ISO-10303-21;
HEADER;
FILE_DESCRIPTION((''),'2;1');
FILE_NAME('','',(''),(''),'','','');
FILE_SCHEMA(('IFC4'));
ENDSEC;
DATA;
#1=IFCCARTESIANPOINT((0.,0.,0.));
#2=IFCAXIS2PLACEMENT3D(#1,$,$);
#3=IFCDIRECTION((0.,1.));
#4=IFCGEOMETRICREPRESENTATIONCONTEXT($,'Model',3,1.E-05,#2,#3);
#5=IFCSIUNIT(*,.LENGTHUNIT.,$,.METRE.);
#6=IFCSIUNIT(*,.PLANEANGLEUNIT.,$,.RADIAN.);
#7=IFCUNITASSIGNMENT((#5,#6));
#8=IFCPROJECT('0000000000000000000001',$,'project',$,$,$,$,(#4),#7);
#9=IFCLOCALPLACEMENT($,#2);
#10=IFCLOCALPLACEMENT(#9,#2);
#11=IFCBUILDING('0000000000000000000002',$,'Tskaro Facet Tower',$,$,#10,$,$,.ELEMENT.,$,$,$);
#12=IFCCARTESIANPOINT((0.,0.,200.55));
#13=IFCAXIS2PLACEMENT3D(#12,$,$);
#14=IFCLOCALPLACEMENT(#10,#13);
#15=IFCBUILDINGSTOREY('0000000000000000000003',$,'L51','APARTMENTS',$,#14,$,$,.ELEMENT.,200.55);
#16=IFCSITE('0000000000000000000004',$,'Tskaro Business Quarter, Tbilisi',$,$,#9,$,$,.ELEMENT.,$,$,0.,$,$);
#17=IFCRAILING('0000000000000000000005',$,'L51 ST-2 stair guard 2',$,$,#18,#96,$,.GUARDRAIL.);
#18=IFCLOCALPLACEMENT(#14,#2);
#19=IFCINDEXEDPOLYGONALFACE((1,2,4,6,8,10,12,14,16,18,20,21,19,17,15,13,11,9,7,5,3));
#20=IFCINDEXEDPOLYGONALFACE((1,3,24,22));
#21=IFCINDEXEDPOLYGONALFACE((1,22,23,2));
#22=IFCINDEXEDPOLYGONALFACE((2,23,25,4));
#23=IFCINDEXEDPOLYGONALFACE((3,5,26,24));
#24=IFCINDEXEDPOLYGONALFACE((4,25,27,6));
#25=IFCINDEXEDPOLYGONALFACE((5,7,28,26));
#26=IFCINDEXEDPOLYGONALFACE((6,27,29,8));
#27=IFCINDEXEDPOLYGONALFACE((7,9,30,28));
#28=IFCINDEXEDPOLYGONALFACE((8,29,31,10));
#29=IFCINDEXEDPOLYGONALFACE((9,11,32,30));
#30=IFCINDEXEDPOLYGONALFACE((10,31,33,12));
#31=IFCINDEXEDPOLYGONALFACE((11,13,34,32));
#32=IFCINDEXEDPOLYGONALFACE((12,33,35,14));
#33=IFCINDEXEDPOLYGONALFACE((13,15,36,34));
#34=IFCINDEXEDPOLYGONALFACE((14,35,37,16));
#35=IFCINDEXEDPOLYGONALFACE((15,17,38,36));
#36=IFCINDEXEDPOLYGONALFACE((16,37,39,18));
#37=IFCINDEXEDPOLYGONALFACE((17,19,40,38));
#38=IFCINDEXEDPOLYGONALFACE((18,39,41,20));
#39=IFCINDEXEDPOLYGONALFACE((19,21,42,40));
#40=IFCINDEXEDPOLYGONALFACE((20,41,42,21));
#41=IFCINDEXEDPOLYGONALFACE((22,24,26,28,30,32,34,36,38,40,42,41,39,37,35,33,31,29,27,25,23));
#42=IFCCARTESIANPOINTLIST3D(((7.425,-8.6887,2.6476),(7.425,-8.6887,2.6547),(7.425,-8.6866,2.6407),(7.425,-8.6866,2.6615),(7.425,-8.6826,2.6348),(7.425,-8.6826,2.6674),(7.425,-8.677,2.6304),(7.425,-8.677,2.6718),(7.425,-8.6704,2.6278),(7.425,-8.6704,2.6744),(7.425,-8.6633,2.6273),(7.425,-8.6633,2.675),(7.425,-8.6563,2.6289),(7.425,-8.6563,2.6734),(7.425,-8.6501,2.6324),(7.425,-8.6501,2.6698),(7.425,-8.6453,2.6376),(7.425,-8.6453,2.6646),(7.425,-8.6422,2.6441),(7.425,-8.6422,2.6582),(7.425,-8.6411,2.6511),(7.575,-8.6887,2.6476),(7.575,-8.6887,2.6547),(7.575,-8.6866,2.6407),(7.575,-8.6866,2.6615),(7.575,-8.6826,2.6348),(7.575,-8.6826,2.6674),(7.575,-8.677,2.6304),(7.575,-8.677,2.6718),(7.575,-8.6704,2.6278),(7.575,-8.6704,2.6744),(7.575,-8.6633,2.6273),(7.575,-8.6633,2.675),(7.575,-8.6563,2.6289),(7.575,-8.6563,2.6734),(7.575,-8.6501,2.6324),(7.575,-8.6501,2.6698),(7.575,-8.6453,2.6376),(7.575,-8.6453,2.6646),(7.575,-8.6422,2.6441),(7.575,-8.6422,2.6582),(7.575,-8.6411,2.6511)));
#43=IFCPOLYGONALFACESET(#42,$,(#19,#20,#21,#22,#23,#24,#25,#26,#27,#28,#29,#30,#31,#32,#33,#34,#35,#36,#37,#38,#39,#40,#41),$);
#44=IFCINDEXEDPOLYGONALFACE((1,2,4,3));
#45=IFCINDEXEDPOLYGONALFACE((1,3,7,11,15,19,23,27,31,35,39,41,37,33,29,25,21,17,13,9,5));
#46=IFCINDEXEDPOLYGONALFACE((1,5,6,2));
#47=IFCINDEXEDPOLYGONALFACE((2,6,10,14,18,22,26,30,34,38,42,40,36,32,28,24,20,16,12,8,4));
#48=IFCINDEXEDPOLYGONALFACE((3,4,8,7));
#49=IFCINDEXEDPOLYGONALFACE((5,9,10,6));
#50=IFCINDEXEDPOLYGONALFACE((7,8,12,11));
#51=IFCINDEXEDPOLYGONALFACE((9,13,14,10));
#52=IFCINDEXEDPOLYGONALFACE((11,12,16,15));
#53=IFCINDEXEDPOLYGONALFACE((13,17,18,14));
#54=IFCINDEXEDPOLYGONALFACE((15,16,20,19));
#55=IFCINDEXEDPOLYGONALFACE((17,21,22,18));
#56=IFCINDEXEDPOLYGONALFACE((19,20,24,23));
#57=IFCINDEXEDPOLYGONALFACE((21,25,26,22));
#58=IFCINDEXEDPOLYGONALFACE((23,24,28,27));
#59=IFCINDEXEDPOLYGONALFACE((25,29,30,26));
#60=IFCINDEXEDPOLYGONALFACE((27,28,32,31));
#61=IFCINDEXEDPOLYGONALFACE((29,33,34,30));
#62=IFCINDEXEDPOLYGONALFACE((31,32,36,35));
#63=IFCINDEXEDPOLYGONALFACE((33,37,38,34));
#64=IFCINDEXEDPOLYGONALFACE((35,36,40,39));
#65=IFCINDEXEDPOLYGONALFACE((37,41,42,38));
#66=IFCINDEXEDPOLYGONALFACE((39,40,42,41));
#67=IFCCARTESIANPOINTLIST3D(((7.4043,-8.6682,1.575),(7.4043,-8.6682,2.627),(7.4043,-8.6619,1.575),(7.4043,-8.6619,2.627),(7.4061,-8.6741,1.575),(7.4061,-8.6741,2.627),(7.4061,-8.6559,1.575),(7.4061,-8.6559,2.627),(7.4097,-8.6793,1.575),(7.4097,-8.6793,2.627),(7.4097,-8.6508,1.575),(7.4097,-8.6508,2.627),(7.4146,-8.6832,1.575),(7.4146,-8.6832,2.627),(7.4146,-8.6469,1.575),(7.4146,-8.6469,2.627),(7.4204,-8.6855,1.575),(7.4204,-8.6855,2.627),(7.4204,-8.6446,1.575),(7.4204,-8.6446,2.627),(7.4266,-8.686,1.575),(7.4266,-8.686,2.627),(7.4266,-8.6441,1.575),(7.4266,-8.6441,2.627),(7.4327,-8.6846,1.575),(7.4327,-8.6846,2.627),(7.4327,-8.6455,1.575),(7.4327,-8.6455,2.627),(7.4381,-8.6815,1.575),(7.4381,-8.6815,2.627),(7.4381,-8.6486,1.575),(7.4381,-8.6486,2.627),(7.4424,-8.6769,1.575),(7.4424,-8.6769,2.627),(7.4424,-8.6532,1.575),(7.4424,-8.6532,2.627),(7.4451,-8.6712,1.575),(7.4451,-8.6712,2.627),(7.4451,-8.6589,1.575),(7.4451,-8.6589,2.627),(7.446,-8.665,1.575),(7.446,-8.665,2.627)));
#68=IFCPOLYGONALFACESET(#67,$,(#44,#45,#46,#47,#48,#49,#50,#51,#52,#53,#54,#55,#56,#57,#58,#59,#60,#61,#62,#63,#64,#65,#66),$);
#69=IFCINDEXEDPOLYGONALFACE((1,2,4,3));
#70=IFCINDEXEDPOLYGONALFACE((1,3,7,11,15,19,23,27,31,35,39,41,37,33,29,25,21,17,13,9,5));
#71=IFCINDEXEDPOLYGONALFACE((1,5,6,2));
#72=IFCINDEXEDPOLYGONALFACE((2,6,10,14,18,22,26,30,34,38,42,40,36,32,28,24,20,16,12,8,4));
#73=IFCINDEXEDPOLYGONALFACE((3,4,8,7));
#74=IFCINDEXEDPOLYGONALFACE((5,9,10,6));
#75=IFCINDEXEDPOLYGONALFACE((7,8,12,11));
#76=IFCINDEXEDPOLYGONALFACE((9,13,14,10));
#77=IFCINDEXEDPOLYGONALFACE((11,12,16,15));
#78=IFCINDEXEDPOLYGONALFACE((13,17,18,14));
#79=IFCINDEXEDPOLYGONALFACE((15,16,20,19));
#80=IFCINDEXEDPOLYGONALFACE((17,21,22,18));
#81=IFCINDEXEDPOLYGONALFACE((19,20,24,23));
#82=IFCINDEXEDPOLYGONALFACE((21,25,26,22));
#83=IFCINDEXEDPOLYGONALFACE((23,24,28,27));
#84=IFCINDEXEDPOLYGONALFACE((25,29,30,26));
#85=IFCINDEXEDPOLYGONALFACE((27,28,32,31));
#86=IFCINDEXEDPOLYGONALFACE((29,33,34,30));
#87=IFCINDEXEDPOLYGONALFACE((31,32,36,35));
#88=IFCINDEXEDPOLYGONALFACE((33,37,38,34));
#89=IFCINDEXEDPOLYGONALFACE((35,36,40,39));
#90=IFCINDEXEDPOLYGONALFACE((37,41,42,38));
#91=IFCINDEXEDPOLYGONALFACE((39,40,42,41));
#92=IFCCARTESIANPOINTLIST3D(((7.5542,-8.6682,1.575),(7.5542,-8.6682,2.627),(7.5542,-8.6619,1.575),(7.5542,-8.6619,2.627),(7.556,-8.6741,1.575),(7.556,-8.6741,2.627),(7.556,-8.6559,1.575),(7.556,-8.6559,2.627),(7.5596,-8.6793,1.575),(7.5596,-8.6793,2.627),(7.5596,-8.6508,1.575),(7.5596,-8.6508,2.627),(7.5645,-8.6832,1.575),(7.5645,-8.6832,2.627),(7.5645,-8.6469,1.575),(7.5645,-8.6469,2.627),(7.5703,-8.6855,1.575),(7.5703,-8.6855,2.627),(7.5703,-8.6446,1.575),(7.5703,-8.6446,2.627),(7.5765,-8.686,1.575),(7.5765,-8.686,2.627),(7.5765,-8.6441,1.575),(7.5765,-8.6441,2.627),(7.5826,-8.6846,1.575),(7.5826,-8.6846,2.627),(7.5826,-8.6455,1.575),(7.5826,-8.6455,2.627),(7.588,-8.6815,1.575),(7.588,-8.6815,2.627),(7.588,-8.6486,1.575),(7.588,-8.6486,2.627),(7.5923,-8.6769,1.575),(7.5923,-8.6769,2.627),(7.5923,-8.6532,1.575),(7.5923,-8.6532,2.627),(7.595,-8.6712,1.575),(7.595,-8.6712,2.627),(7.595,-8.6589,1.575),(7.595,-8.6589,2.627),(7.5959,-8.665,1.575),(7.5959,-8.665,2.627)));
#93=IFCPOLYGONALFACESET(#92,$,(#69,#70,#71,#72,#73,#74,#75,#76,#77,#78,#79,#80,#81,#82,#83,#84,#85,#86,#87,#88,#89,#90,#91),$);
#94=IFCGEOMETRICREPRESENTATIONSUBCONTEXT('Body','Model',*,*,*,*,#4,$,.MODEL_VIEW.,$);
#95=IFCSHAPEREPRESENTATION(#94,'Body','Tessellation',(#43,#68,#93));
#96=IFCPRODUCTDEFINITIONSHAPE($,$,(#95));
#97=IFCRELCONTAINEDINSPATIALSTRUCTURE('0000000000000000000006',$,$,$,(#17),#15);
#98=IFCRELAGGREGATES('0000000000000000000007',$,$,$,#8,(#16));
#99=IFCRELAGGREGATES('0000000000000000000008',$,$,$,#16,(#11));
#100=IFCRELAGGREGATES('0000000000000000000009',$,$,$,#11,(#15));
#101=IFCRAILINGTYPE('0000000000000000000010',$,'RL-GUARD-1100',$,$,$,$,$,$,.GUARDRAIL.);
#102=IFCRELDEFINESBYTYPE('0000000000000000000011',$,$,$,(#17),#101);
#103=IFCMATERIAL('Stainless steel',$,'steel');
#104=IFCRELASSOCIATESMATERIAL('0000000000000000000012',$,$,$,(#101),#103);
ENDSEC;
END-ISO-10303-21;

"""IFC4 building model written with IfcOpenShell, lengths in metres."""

from ifc_helpers import new_model, si_unit, direction, frame, origin, origin_2d, place, context, subcontext, project, spatial, circle, extrude, material, type_object, element, save


model = new_model("IFC4")

# Units and contexts
model_context = context("Model", 3, precision=1e-05, world=origin(), true_north=direction((0.0, 1.0)))
body_context = subcontext(model_context, "Body", "Model", "MODEL_VIEW")
ifc_project = project(units=[si_unit("LENGTHUNIT", "METRE"), si_unit("PLANEANGLEUNIT", "RADIAN")], contexts=[model_context])

# Site, building, storey
site_placement = place(None, origin())
site = spatial("IfcSite", under=ifc_project, at=site_placement, Name="Tskaro Business Quarter, Tbilisi", CompositionType="ELEMENT", RefElevation=0.0)
building_placement = place(site_placement, origin())
building = spatial("IfcBuilding", under=site, at=building_placement, Name="Tskaro Facet Tower", CompositionType="ELEMENT")
storey_placement = place(building_placement, frame((0.0, 0.0, 200.55)))
storey = spatial("IfcBuildingStorey", under=building, at=storey_placement, Name="L51", Description="APARTMENTS", CompositionType="ELEMENT", Elevation=200.55)

# Railing
ifc_material_1 = material(Name="Stainless steel", Category="steel")
railing_type_1 = type_object("IfcRailingType", Name="RL-GUARD-1100", PredefinedType="GUARDRAIL", material=ifc_material_1)
railing_1_placement = place(storey_placement, frame((7.425, -8.665, 1.575)))
element("IfcRailing", 1, at=railing_1_placement, inside=storey, type_object=railing_type_1, Name="L51 ST-2 stair guard 2", PredefinedType="GUARDRAIL", context=body_context, shape_type="SweptSolid", body=[
    extrude(circle(Radius=0.0239, at=origin_2d()), frame((0.0, 0.0, 1.0762), z_axis=(1.0, 0.0, 0.0), x_axis=(0.0, 1.0, 0.0)), (0.0, 0.0, 1.0), 0.1499),
    extrude(circle(Radius=0.021, at=origin_2d()), origin(), (0.0, 0.0, 1.0), 1.052),
    extrude(circle(Radius=0.021, at=origin_2d()), frame((0.1499, 0.0, 0.0)), (0.0, 0.0, 1.0), 1.052),
])

save(model, "model.ifc")
